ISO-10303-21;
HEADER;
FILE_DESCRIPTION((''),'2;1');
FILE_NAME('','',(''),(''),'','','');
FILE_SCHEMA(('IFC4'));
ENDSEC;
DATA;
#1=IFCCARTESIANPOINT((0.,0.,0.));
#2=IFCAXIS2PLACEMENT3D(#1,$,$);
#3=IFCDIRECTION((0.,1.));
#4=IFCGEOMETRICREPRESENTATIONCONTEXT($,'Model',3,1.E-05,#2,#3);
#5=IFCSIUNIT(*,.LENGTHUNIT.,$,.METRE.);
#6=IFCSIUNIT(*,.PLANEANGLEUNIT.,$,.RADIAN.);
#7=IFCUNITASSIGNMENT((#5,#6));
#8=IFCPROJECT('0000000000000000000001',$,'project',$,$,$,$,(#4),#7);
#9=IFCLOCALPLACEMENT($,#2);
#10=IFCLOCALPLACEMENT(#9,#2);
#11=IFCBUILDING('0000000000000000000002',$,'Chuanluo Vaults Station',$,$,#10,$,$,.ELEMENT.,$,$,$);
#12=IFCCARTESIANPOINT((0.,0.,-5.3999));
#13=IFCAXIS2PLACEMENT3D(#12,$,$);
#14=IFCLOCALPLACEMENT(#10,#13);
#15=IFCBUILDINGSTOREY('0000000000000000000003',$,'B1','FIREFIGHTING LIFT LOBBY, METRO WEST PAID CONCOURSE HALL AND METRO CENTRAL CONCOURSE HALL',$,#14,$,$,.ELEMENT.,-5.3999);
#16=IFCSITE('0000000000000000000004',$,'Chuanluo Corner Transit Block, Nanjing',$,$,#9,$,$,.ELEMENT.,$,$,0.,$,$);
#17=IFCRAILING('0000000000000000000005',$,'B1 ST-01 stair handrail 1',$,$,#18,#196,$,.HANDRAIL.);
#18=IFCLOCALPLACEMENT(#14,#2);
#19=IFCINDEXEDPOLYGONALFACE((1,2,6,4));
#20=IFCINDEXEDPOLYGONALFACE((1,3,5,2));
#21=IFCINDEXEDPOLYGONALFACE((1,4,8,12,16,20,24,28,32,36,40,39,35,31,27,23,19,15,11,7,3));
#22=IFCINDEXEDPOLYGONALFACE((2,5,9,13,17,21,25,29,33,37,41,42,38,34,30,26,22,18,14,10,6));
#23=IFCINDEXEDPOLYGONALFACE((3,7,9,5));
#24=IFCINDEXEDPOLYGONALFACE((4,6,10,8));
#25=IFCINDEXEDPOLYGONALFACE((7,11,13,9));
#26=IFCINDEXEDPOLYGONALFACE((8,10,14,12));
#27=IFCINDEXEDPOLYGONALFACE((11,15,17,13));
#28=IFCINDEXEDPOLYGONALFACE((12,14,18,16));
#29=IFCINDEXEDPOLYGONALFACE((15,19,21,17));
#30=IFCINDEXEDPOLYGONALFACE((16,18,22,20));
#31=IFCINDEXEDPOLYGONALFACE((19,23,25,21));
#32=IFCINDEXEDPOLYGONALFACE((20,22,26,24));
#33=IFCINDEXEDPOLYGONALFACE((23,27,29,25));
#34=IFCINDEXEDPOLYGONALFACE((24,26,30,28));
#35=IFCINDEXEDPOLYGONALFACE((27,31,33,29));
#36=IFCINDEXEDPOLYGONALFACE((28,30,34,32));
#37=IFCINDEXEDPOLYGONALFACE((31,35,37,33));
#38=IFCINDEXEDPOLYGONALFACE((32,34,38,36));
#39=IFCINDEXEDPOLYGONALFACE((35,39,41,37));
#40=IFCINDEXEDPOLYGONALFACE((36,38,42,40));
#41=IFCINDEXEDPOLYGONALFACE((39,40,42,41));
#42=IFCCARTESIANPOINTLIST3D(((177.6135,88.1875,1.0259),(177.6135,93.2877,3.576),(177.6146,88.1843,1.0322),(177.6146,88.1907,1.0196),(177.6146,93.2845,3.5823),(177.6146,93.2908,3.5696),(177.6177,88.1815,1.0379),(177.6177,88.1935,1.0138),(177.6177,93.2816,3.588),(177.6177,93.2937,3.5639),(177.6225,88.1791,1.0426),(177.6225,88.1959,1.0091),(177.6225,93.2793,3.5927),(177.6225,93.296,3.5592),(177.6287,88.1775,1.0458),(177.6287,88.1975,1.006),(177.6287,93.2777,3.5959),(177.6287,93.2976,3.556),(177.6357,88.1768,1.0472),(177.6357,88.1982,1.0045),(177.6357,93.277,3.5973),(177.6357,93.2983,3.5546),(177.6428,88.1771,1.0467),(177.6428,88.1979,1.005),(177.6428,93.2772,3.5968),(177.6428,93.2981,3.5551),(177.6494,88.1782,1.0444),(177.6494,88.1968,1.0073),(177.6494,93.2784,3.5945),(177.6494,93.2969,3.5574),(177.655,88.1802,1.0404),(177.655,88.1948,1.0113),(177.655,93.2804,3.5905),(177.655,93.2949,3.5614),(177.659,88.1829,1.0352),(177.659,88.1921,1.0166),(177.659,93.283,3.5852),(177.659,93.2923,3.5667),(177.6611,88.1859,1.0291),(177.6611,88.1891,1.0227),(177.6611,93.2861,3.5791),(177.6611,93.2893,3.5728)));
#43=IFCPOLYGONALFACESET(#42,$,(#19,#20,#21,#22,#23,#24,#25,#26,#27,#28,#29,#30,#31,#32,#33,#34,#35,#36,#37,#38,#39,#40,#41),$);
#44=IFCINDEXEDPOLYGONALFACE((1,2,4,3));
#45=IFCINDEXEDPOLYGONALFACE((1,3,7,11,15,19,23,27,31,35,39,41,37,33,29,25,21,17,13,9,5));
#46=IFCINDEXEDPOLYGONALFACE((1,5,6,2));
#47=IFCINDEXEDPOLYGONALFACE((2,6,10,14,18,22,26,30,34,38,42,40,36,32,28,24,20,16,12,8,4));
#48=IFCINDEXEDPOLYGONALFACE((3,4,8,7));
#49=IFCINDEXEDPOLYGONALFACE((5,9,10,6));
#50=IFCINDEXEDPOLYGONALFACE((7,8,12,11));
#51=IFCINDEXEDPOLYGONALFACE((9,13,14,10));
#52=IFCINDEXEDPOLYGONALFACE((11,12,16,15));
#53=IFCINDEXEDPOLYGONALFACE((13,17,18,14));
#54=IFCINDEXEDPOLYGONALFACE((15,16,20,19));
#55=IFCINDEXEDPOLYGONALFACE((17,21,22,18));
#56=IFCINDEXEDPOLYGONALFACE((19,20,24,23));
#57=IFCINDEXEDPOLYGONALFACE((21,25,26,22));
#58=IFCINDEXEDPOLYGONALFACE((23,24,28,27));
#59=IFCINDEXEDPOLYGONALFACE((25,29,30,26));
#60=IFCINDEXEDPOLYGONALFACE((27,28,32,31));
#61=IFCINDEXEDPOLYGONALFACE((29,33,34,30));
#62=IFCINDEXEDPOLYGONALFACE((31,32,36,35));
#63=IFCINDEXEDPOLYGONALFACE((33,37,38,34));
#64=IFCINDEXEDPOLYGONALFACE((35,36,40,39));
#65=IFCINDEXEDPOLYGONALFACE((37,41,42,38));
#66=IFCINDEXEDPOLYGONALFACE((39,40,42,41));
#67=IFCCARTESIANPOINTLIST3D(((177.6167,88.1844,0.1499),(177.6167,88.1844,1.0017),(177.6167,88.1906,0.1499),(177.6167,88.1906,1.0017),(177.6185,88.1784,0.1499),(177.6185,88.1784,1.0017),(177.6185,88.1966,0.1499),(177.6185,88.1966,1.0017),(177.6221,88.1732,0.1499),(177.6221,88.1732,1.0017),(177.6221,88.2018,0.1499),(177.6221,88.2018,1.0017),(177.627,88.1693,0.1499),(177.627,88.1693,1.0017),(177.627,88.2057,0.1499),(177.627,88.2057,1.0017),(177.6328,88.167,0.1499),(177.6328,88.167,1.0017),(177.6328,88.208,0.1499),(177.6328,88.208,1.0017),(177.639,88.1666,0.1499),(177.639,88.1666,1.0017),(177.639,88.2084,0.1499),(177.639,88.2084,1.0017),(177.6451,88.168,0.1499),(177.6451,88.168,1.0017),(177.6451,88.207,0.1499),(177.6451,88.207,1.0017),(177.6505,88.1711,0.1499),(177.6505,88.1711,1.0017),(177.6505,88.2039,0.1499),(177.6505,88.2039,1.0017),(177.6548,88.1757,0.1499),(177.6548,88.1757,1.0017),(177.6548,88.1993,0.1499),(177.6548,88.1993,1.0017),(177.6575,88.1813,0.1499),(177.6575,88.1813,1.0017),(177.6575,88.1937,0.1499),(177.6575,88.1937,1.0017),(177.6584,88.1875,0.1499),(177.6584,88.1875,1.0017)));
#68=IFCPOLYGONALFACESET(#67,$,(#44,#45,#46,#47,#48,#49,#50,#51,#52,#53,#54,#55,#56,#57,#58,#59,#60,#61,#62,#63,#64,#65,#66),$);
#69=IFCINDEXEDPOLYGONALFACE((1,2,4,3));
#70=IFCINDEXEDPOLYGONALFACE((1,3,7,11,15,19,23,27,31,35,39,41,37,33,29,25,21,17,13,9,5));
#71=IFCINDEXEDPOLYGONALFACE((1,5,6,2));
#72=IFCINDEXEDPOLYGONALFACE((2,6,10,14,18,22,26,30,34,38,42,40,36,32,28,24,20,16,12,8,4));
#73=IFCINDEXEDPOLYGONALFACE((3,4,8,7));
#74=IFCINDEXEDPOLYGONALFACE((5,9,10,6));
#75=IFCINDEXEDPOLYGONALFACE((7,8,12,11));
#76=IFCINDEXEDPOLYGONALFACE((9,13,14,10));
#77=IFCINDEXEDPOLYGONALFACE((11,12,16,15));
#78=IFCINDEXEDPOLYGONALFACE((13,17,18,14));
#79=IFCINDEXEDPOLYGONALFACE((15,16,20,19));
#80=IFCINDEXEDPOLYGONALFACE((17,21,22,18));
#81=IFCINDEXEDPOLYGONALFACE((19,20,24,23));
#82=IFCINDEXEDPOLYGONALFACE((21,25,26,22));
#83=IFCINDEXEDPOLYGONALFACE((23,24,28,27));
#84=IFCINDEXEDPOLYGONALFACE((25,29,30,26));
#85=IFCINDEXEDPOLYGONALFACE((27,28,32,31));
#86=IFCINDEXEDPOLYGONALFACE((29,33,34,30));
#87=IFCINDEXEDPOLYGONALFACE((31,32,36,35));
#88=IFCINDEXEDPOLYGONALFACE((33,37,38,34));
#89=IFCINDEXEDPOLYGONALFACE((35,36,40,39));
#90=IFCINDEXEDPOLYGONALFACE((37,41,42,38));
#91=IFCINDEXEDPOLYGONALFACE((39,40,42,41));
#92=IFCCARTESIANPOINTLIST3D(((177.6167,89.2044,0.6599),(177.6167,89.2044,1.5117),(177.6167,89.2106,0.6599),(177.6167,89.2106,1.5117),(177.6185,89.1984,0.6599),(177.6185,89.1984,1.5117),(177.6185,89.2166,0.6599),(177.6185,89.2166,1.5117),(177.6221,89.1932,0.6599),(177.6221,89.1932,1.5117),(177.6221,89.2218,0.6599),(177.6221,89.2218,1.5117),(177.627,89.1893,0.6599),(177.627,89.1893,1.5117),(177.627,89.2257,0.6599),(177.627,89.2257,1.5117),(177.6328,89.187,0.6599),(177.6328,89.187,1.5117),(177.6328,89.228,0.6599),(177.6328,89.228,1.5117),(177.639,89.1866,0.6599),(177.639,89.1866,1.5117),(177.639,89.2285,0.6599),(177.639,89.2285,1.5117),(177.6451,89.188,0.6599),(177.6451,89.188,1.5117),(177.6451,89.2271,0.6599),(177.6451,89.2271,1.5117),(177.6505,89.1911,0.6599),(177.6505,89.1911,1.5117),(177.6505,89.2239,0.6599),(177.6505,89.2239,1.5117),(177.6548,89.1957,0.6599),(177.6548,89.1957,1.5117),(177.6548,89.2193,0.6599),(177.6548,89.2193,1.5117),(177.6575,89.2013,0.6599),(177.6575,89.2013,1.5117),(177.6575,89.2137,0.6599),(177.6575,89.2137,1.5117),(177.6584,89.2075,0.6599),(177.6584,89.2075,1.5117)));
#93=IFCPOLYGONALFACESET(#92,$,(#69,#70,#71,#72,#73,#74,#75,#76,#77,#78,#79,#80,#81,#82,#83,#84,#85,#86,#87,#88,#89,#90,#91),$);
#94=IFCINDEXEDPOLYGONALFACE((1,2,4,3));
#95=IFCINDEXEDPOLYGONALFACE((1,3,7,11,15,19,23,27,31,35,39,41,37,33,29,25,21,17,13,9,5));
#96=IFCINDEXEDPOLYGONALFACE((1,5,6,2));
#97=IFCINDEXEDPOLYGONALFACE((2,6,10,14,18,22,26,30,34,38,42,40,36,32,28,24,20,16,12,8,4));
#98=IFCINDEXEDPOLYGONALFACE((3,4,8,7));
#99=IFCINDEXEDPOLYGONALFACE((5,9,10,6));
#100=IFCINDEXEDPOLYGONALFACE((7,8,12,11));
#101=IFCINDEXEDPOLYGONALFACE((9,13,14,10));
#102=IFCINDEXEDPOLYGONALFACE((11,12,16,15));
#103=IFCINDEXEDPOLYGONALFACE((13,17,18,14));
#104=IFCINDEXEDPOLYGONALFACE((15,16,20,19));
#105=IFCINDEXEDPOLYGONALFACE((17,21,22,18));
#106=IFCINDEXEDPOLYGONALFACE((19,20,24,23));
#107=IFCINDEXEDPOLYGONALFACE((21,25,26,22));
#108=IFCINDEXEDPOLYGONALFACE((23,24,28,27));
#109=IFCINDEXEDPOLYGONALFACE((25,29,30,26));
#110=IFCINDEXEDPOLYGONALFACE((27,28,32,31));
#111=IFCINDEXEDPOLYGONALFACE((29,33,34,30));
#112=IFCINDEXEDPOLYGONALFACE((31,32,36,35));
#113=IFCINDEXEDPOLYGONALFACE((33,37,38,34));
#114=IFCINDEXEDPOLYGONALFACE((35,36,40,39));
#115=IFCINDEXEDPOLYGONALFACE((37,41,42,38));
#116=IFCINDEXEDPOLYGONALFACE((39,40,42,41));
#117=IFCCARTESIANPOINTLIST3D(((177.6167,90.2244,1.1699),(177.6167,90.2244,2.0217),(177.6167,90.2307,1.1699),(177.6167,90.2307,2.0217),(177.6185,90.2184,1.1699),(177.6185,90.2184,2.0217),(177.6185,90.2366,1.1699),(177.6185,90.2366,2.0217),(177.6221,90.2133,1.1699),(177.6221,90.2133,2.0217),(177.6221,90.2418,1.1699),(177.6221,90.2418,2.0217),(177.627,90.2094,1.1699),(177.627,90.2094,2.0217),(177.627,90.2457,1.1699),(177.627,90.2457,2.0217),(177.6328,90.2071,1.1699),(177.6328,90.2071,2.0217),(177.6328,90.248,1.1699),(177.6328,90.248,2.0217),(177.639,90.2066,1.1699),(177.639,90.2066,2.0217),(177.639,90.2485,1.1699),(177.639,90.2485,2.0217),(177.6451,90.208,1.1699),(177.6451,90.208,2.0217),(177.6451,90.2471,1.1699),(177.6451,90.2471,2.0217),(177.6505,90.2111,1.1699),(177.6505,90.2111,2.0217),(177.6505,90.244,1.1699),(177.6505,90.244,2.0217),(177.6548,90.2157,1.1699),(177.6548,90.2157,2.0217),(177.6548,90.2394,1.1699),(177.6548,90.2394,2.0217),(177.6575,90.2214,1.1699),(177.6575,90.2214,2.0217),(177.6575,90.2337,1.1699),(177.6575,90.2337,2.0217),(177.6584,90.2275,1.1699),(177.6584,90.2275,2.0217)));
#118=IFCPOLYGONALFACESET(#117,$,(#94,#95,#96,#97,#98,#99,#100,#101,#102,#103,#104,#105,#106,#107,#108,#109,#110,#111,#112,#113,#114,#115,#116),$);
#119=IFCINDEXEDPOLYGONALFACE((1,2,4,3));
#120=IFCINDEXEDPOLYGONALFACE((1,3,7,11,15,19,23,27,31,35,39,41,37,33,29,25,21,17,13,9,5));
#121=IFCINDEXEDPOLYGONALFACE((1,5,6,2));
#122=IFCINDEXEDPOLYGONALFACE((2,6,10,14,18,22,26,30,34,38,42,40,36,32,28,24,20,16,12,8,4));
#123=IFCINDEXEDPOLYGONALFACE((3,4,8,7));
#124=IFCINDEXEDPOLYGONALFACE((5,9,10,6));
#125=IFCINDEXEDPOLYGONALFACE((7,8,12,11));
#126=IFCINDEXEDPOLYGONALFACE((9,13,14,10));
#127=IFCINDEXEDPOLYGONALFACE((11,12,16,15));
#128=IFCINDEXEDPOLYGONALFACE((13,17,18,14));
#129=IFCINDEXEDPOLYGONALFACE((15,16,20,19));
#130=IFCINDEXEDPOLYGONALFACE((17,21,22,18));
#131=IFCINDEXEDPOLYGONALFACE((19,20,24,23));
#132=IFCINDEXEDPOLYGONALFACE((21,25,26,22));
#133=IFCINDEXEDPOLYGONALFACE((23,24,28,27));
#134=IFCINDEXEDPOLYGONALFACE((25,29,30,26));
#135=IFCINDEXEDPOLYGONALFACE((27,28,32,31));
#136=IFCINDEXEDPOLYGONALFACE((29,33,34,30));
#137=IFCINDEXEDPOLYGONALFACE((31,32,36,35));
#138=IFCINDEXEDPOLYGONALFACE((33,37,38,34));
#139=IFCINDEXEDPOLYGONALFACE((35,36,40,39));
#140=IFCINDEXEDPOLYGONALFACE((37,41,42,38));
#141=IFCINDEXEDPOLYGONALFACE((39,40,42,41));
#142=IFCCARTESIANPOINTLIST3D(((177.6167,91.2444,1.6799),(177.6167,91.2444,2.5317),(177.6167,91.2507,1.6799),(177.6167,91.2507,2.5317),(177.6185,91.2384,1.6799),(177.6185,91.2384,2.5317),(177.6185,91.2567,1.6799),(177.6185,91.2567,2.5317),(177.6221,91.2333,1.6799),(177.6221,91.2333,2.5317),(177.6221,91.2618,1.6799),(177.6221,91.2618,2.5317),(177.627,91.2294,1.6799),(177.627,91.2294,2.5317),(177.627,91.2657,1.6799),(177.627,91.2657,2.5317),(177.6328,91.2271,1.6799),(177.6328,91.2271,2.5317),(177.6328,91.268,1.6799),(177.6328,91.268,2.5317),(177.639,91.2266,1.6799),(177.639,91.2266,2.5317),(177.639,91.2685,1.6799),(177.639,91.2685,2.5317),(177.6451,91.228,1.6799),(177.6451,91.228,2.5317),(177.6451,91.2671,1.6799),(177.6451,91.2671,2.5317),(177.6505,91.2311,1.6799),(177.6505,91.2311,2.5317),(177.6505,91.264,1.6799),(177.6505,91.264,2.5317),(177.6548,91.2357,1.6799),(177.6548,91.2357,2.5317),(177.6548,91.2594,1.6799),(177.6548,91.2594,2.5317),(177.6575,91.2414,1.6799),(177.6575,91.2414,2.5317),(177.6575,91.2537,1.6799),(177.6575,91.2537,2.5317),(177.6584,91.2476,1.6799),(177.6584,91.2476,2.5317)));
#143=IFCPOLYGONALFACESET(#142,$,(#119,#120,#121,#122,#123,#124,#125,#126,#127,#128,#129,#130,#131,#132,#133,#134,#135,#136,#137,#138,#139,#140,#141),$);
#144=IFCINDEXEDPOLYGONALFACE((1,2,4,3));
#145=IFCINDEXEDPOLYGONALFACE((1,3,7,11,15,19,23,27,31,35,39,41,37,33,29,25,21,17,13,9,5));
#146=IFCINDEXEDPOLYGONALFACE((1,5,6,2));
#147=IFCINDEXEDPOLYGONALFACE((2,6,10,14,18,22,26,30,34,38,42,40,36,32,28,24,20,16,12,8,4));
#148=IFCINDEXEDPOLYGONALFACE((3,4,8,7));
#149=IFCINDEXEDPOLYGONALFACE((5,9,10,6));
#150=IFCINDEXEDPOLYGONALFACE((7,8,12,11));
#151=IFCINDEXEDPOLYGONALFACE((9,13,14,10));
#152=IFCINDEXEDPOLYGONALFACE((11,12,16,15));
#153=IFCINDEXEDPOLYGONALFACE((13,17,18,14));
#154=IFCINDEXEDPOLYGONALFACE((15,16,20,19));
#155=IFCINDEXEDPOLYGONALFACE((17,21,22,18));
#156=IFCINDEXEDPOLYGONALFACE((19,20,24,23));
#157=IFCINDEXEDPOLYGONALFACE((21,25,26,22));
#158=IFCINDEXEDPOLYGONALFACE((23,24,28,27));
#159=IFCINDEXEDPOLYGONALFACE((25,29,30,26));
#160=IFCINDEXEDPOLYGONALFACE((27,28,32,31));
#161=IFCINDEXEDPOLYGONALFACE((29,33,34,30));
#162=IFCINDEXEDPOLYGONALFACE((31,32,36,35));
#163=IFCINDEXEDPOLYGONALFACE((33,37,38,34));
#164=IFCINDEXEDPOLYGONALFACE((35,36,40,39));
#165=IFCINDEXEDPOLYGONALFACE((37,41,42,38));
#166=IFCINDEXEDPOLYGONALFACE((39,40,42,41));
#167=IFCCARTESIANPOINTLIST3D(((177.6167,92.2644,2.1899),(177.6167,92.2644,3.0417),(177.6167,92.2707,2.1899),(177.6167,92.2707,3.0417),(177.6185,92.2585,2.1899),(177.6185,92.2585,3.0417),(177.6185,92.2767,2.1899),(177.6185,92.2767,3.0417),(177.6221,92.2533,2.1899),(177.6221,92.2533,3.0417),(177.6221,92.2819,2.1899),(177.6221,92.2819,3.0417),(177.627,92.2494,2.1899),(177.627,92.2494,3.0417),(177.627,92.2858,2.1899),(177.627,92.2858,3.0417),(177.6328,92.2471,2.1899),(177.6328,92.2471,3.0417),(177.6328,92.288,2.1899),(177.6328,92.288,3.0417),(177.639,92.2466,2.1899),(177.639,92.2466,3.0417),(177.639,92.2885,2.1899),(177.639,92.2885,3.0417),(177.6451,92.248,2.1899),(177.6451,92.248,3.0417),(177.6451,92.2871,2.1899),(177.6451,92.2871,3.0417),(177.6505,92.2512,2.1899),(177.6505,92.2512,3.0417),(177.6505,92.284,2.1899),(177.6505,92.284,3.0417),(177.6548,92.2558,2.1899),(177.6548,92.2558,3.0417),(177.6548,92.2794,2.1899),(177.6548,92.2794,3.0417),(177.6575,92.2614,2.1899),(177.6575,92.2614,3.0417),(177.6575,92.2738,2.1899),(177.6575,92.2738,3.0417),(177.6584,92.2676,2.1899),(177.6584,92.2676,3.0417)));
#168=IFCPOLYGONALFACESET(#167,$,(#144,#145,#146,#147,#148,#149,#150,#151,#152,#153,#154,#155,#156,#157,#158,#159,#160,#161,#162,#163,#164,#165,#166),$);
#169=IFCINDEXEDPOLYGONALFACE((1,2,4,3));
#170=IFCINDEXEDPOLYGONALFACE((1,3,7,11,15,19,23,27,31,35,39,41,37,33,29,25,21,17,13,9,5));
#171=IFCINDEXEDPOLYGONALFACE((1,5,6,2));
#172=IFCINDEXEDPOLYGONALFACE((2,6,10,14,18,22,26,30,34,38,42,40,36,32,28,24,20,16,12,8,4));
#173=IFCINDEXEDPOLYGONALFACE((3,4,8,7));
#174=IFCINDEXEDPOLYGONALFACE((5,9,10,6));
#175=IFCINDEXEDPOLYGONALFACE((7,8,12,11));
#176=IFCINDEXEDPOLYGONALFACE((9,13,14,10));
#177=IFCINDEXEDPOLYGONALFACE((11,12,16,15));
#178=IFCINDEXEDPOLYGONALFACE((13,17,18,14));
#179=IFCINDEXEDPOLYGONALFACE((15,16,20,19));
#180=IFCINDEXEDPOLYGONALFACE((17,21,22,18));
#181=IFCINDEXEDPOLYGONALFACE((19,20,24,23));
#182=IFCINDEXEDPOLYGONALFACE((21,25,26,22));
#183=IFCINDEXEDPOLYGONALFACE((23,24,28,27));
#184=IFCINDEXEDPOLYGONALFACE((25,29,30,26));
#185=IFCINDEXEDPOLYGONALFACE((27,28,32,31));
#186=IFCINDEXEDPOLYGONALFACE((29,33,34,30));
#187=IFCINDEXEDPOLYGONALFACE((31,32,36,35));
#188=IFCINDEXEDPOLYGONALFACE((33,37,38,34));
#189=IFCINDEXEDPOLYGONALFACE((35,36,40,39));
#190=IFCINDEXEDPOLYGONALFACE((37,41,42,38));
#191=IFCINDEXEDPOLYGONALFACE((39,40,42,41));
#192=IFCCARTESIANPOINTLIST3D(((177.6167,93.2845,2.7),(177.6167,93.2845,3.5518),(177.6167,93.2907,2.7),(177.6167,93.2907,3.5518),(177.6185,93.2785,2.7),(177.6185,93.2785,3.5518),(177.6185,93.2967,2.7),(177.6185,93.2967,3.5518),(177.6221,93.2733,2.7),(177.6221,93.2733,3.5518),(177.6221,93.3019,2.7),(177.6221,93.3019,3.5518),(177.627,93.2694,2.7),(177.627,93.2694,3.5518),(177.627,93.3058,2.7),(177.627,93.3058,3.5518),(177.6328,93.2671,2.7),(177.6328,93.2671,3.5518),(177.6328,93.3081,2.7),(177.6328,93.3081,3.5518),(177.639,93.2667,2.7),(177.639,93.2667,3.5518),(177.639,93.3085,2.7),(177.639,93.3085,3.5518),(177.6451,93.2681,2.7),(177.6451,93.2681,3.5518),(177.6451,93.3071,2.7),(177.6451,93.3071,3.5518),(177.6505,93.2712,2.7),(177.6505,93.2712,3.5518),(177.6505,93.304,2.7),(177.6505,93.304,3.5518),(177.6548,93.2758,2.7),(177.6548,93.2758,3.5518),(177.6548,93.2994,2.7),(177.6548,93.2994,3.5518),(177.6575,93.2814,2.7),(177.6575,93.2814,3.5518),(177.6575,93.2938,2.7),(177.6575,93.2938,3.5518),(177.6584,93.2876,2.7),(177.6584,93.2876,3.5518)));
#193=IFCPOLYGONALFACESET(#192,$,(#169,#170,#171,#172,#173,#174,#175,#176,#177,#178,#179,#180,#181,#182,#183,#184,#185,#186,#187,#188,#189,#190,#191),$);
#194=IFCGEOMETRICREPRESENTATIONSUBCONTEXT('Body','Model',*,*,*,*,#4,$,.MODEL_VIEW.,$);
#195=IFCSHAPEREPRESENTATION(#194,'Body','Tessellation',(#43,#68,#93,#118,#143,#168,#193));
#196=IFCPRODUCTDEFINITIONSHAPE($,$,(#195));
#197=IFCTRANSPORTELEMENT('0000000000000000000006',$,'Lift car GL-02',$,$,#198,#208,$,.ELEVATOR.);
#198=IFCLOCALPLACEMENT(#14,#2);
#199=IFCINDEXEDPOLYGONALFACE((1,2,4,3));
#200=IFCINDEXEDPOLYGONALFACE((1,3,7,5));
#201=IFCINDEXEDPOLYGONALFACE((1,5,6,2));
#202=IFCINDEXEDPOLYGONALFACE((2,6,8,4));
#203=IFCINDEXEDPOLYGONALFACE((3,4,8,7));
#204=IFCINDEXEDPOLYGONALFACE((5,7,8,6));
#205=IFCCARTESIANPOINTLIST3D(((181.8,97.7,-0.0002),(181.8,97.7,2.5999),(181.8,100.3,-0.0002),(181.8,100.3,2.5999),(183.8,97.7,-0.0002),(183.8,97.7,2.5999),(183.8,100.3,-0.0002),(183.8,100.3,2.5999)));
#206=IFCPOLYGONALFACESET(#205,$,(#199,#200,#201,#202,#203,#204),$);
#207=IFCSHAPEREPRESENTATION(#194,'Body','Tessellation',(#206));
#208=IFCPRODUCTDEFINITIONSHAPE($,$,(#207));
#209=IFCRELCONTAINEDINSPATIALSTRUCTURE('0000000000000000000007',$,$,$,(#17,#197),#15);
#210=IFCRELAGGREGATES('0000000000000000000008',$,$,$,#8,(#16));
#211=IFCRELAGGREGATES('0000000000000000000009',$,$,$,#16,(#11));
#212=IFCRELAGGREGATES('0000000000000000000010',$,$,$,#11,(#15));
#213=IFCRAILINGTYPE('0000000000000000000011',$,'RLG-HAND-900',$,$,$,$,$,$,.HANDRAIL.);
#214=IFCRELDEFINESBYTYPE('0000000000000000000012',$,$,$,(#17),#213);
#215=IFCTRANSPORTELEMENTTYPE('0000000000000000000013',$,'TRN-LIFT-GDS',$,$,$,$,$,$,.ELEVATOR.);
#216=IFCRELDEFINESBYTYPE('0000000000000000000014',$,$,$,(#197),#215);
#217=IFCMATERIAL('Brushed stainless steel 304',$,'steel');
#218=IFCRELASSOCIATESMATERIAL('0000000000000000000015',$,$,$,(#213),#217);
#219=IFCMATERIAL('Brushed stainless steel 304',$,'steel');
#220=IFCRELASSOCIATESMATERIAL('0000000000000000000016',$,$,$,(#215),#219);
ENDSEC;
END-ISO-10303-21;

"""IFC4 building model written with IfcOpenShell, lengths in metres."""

from ifc_helpers import new_model, si_unit, direction, frame, origin, origin_2d, place, context, subcontext, project, spatial, rectangle, circle, extrude, material, type_object, element, save


model = new_model("IFC4")

# Units and contexts
model_context = context("Model", 3, precision=1e-05, world=origin(), true_north=direction((0.0, 1.0)))
body_context = subcontext(model_context, "Body", "Model", "MODEL_VIEW")
ifc_project = project(units=[si_unit("LENGTHUNIT", "METRE"), si_unit("PLANEANGLEUNIT", "RADIAN")], contexts=[model_context])

# Site, building, storey
site_placement = place(None, origin())
site = spatial("IfcSite", under=ifc_project, at=site_placement, Name="Chuanluo Corner Transit Block, Nanjing", CompositionType="ELEMENT", RefElevation=0.0)
building_placement = place(site_placement, origin())
building = spatial("IfcBuilding", under=site, at=building_placement, Name="Chuanluo Vaults Station", CompositionType="ELEMENT")
storey_placement = place(building_placement, frame((0.0, 0.0, -5.3999)))
storey = spatial("IfcBuildingStorey", under=building, at=storey_placement, Name="B1", Description="FIREFIGHTING LIFT LOBBY, METRO WEST PAID CONCOURSE HALL AND METRO CENTRAL CONCOURSE HALL", CompositionType="ELEMENT", Elevation=-5.3999)

# Railing
ifc_material_1 = material(Name="Brushed stainless steel 304", Category="steel")
railing_type = type_object("IfcRailingType", Name="RLG-HAND-900", PredefinedType="HANDRAIL", material=ifc_material_1)
railing_placement = place(storey_placement, frame((177.6375, 88.1875, 0.1499)))
element("IfcRailing", 1, at=railing_placement, inside=storey, type_object=railing_type, Name="B1 ST-01 stair handrail 1", PredefinedType="HANDRAIL", context=body_context, shape_type="SweptSolid", body=[
    extrude(circle(Radius=0.0239, at=origin_2d()), frame((0.0, 0.0, 0.876), z_axis=(0.0, 0.894427, 0.447214), x_axis=(-1.0, 0.0, 0.0)), (0.0, 0.0, 1.0), 5.7021),
    extrude(circle(Radius=0.021, at=origin_2d()), origin(), (0.0, 0.0, 1.0), 0.8518),
    extrude(circle(Radius=0.021, at=origin_2d()), frame((0.0, 1.02, 0.51)), (0.0, 0.0, 1.0), 0.8518),
    extrude(circle(Radius=0.021, at=origin_2d()), frame((0.0, 2.04, 1.02)), (0.0, 0.0, 1.0), 0.8518),
    extrude(circle(Radius=0.021, at=origin_2d()), frame((0.0, 3.0601, 1.53)), (0.0, 0.0, 1.0), 0.8518),
    extrude(circle(Radius=0.021, at=origin_2d()), frame((0.0, 4.0801, 2.04)), (0.0, 0.0, 1.0), 0.8518),
    extrude(circle(Radius=0.021, at=origin_2d()), frame((0.0, 5.1001, 2.55)), (0.0, 0.0, 1.0), 0.8518),
])

# Transport element
ifc_material_2 = material(Name="Brushed stainless steel 304", Category="steel")
transport_element_type = type_object("IfcTransportElementType", Name="TRN-LIFT-GDS", PredefinedType="ELEVATOR", material=ifc_material_2)
transport_element_placement = place(storey_placement, frame((182.8, 99.0, -0.0002), z_axis=(0.0, 0.0, 1.0), x_axis=(1.0, 0.0, 0.0)))
element("IfcTransportElement", 2, at=transport_element_placement, inside=storey, type_object=transport_element_type, Name="Lift car GL-02", PredefinedType="ELEVATOR", context=body_context, shape_type="SweptSolid", body=[
    extrude(rectangle(XDim=2.0, YDim=2.6001, at=origin_2d()), origin(), (0.0, 0.0, 1.0), 2.6001),
])

save(model, "model.ifc")
